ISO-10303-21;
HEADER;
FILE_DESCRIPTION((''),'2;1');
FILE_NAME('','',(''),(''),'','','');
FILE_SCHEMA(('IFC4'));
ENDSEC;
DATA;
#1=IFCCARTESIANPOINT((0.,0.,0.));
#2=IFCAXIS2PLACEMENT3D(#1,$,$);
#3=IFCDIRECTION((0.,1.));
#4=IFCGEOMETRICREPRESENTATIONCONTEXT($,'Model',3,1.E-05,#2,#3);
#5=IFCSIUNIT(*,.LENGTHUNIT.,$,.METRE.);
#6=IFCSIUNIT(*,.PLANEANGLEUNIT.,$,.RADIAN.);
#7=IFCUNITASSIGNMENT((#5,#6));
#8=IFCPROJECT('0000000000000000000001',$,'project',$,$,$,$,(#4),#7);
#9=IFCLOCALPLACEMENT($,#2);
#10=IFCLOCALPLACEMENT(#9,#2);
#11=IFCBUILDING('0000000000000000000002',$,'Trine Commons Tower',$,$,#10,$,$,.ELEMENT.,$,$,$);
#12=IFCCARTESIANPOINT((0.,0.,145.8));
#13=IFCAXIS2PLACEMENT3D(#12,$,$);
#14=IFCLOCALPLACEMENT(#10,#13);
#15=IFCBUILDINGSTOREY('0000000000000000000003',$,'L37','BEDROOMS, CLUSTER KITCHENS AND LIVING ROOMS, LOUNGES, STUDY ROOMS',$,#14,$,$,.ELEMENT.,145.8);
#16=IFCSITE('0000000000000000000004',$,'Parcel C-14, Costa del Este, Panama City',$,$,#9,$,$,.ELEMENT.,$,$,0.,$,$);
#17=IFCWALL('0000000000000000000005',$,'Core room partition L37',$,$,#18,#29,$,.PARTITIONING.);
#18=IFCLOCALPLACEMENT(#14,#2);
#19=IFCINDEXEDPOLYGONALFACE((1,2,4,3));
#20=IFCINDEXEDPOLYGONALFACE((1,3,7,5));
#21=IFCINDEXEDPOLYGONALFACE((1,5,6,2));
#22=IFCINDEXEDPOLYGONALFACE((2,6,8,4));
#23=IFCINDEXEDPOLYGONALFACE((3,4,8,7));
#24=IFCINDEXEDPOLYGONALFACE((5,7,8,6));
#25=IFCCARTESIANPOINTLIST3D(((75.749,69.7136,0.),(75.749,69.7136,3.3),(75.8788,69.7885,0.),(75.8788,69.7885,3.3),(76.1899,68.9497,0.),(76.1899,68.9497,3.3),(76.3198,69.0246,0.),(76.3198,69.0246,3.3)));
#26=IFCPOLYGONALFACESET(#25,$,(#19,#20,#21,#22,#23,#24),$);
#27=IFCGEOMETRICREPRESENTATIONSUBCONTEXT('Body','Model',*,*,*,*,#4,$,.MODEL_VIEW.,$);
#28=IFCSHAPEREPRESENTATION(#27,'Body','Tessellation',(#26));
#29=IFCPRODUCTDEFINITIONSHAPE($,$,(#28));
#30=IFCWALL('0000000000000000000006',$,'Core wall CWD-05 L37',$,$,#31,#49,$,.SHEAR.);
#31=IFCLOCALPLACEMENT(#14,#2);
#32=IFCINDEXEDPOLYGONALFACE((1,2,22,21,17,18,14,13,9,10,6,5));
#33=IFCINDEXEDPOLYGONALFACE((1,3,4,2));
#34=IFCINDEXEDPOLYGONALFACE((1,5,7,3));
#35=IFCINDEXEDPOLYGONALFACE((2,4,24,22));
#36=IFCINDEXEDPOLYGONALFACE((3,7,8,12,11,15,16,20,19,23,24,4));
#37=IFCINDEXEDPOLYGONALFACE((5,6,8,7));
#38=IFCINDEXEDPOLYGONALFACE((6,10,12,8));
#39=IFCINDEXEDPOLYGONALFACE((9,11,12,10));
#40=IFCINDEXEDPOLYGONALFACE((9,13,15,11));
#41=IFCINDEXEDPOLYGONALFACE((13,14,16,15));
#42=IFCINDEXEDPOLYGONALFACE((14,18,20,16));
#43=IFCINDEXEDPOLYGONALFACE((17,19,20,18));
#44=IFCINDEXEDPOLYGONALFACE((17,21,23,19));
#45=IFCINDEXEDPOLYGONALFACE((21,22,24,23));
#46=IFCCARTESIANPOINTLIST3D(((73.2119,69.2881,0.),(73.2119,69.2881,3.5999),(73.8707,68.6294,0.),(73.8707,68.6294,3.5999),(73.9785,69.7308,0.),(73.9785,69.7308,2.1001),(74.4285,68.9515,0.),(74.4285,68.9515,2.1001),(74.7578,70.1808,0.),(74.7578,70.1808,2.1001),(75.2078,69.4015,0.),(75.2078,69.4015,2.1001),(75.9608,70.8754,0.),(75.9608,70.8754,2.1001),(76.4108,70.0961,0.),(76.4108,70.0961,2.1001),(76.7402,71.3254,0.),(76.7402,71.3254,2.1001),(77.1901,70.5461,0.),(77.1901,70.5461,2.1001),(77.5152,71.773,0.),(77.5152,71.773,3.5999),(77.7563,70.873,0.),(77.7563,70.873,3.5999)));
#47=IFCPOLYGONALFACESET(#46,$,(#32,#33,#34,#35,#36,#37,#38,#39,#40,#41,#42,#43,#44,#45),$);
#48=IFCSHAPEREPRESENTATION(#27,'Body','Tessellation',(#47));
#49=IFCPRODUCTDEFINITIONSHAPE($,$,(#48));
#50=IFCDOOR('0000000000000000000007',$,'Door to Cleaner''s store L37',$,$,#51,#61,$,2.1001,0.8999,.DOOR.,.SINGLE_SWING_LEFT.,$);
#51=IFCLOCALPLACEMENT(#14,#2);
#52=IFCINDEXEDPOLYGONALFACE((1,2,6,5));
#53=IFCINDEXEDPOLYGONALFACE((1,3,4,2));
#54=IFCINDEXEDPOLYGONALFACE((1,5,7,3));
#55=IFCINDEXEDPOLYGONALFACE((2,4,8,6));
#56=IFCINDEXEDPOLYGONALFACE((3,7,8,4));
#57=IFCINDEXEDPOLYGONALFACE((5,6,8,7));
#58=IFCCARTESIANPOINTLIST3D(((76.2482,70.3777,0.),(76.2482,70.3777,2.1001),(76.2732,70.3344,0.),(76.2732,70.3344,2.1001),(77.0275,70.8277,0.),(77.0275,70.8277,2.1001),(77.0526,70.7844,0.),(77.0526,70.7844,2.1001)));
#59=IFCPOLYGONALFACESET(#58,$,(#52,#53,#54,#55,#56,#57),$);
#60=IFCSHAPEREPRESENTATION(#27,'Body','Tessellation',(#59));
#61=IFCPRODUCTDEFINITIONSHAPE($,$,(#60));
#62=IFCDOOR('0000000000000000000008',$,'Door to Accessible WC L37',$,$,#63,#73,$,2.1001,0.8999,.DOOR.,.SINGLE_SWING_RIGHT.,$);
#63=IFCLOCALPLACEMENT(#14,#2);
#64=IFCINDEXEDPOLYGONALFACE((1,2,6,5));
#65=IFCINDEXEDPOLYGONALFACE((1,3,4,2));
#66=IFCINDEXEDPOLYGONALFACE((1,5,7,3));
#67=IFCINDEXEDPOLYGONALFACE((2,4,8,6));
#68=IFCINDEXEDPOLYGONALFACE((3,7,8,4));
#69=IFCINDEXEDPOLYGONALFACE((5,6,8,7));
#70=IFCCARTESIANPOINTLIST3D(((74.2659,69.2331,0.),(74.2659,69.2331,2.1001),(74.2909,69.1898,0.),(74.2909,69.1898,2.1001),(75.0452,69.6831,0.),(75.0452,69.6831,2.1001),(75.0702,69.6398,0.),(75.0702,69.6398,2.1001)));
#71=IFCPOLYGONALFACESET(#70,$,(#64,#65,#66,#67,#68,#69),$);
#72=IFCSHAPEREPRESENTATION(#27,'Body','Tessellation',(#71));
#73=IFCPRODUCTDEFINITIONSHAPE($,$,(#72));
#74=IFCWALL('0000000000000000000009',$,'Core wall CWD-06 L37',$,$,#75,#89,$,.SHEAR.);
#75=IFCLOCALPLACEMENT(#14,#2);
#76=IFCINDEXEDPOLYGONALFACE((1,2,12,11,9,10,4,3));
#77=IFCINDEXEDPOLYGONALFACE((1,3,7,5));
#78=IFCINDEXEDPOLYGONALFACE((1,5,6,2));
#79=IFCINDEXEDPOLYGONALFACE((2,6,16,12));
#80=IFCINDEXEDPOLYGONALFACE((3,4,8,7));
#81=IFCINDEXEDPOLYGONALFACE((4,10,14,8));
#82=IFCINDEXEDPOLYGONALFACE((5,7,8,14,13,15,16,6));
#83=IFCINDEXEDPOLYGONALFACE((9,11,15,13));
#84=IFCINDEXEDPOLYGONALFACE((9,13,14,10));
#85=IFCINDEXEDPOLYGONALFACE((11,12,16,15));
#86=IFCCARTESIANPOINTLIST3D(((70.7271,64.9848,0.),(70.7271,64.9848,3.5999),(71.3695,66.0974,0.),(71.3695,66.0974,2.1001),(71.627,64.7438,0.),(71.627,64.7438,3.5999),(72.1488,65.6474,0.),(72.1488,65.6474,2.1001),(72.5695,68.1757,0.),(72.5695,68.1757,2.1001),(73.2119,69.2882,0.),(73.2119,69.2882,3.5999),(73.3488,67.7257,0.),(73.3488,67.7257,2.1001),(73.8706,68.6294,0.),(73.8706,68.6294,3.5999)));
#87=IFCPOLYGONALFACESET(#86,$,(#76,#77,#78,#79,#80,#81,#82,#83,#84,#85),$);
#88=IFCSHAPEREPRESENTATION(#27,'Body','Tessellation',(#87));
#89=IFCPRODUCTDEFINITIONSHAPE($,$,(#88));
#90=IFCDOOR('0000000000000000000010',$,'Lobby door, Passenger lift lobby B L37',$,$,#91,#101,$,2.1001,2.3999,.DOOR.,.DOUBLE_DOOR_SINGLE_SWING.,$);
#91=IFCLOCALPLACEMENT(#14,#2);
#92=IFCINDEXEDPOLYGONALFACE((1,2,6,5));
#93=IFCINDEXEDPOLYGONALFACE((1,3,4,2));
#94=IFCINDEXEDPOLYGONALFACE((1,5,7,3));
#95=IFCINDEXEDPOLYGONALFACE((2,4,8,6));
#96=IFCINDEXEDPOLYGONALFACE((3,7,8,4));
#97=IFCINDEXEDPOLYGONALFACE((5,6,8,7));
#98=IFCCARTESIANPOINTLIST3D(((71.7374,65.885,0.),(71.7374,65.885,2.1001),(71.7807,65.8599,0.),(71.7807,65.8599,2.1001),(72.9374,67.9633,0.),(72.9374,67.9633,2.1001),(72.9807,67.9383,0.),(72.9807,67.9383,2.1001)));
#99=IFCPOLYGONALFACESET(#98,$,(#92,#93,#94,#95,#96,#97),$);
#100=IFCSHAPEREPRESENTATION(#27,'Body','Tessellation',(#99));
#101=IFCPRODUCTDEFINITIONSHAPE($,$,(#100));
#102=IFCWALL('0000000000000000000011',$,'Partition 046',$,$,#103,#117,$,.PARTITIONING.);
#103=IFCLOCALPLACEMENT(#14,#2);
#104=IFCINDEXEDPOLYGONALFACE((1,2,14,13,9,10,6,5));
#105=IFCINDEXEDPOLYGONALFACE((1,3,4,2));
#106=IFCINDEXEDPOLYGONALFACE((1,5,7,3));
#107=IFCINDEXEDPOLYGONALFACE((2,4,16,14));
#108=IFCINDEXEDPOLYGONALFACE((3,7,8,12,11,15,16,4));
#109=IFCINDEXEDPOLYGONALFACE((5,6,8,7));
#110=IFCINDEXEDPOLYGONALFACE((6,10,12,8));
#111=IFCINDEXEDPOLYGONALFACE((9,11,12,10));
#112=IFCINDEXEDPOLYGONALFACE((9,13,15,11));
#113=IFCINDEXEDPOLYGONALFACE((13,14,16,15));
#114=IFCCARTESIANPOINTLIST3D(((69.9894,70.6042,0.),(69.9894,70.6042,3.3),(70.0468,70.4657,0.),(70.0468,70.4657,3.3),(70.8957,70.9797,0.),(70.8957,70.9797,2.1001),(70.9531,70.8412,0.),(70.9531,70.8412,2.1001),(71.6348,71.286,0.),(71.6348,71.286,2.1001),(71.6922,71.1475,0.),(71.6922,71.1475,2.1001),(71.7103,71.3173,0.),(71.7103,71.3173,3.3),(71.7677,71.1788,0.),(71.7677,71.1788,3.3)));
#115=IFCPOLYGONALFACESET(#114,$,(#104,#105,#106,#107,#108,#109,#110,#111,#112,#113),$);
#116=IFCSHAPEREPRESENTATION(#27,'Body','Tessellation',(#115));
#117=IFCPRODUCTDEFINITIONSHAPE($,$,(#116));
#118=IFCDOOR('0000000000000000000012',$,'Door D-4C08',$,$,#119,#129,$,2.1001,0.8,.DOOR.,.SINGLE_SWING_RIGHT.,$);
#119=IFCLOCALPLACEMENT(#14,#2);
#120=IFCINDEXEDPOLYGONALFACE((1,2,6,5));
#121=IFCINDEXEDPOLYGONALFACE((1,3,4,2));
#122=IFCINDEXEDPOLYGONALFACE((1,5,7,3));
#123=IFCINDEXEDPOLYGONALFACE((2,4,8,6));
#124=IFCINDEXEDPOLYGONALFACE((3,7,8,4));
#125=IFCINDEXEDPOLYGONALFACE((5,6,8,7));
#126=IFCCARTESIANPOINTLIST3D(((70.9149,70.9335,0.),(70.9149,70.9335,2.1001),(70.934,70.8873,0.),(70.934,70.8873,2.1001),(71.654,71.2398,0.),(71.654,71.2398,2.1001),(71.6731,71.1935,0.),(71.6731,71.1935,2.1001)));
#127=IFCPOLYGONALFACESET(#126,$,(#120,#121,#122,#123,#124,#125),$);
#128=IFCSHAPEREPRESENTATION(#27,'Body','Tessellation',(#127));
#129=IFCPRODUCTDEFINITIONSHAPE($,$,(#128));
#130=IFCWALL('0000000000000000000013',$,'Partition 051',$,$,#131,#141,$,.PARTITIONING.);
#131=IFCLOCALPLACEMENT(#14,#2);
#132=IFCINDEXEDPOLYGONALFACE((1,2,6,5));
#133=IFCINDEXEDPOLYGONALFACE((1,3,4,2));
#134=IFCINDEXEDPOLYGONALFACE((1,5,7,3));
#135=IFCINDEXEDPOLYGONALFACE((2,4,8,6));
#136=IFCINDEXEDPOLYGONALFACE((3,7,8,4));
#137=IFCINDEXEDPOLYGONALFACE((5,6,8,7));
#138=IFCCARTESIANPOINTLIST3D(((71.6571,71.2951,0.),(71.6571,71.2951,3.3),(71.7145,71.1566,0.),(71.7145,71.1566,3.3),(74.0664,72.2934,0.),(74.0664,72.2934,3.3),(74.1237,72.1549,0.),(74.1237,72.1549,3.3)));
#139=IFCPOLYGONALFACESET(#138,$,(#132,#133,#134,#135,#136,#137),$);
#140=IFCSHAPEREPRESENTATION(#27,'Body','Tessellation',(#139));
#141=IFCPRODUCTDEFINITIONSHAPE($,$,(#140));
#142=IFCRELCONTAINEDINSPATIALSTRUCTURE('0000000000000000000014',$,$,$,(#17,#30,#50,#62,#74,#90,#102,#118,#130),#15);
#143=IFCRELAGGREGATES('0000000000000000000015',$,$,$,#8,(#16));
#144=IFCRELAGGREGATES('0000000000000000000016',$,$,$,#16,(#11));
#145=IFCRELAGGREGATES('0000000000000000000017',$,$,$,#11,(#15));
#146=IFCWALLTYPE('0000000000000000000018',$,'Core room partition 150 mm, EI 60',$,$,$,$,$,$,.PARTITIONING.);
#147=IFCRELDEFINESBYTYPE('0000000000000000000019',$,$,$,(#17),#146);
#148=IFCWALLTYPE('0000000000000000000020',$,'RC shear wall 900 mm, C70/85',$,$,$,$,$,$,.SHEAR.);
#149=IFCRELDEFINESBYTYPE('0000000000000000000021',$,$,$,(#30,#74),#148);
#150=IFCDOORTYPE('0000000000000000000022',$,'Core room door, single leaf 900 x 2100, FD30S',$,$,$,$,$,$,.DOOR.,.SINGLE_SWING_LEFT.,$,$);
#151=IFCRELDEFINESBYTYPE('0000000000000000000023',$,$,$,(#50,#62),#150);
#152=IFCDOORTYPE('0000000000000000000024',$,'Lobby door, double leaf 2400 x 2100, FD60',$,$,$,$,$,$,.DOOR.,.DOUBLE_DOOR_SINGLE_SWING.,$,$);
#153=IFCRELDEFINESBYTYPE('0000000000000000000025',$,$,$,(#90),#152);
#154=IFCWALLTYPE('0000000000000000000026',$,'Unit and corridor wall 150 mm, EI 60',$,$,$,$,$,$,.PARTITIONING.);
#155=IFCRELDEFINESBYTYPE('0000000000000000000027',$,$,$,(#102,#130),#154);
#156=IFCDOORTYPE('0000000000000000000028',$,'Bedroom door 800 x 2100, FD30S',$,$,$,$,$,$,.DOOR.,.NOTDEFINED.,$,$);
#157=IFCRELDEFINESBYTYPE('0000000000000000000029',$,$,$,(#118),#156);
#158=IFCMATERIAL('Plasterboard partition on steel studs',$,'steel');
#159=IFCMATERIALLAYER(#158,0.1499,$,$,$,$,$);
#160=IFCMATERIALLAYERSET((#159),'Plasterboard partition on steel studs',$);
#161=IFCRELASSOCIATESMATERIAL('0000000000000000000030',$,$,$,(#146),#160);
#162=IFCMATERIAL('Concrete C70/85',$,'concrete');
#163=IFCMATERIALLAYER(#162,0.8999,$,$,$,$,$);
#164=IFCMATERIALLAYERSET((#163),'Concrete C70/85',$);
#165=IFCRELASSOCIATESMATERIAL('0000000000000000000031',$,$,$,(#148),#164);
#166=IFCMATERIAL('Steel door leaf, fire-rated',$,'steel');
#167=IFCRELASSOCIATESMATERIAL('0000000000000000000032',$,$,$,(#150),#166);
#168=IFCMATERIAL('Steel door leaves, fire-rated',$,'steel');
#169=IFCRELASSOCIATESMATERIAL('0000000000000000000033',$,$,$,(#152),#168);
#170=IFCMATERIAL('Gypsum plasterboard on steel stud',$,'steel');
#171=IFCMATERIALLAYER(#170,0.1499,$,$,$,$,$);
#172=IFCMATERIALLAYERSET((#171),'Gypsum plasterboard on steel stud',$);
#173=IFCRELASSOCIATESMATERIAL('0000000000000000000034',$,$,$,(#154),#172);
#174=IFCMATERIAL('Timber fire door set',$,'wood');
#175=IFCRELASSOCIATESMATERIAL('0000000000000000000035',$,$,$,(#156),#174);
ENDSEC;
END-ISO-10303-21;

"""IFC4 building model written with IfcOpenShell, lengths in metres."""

from ifc_helpers import new_model, si_unit, direction, frame, frame_2d, origin, place, context, subcontext, project, spatial, polyline, rectangle, outline, extrude, material, layer, layer_set, type_object, element, fill, save


model = new_model("IFC4")

# Units and contexts
model_context = context("Model", 3, precision=1e-05, world=origin(), true_north=direction((0.0, 1.0)))
body_context = subcontext(model_context, "Body", "Model", "MODEL_VIEW")
ifc_project = project(units=[si_unit("LENGTHUNIT", "METRE"), si_unit("PLANEANGLEUNIT", "RADIAN")], contexts=[model_context])

# Site, building, storey
site_placement = place(None, origin())
site = spatial("IfcSite", under=ifc_project, at=site_placement, Name="Parcel C-14, Costa del Este, Panama City", CompositionType="ELEMENT", RefElevation=0.0)
building_placement = place(site_placement, origin())
building = spatial("IfcBuilding", under=site, at=building_placement, Name="Trine Commons Tower", CompositionType="ELEMENT")
storey_placement = place(building_placement, frame((0.0, 0.0, 145.8)))
storey = spatial("IfcBuildingStorey", under=building, at=storey_placement, Name="L37", Description="BEDROOMS, CLUSTER KITCHENS AND LIVING ROOMS, LOUNGES, STUDY ROOMS", CompositionType="ELEMENT", Elevation=145.8)

# Wall
ifc_material_1 = material(Name="Plasterboard partition on steel studs", Category="steel")
ifc_layer_1 = layer(ifc_material_1, 0.1499)
ifc_layer_set_1 = layer_set([ifc_layer_1], Name="Plasterboard partition on steel studs")
wall_type_1 = type_object("IfcWallType", Name="Core room partition 150 mm, EI 60", PredefinedType="PARTITIONING", material=ifc_layer_set_1)
wall_1_placement = place(storey_placement, frame((75.814, 69.751, 0.0), z_axis=(0.0, 0.0, 1.0), x_axis=(0.49989, -0.866089, 0.0)))
element("IfcWall", 1, at=wall_1_placement, inside=storey, type_object=wall_type_1, Name="Core room partition L37", PredefinedType="PARTITIONING", context=body_context, shape_type="SweptSolid", body=[
    extrude(rectangle(XDim=0.8821, YDim=0.1499, at=frame_2d((0.4409, 0.0))), origin(), (0.0, 0.0, 1.0), 3.3),
])

# Wall, openings, doors
ifc_material_2 = material(Name="Concrete C70/85", Category="concrete")
ifc_layer_2 = layer(ifc_material_2, 0.8999)
ifc_layer_set_2 = layer_set([ifc_layer_2], Name="Concrete C70/85")
wall_type_2 = type_object("IfcWallType", Name="RC shear wall 900 mm, C70/85", PredefinedType="SHEAR", material=ifc_layer_set_2)
wall_2_placement = place(storey_placement, frame((77.7402, 71.3833, 0.0), z_axis=(0.0, 0.0, 1.0), x_axis=(-0.866003, -0.500039, 0.0)))
wall_2 = element("IfcWall", 2, at=wall_2_placement, inside=storey, type_object=wall_type_2, Name="Core wall CWD-05 L37", PredefinedType="SHEAR", context=body_context, shape_type="SweptSolid", body=[
    extrude(outline(polyline([(0.0, -0.45), (4.9692, -0.45), (4.728, 0.45), (0.2412, 0.45), (0.0, -0.45)])), origin(), (0.0, 0.0, 1.0), 3.5999),
])
opening_1_placement = place(wall_2_placement, frame((0.895, 0.0, 0.0)))
opening_1 = element("IfcOpeningElement", 3, at=opening_1_placement, cuts=wall_2, PredefinedType="OPENING", context=body_context, shape_type="SweptSolid", body=[
    extrude(rectangle(XDim=0.8999, YDim=2.1001, at=frame_2d((0.45, 1.05))), frame((0.0, 0.46, 0.0), z_axis=(0.0, -1.0, 0.0), x_axis=(1.0, 0.0, 0.0)), (0.0, 0.0, 1.0), 0.9199),
])
opening_2_placement = place(wall_2_placement, frame((3.1841, 0.0, 0.0)))
opening_2 = element("IfcOpeningElement", 4, at=opening_2_placement, cuts=wall_2, PredefinedType="OPENING", context=body_context, shape_type="SweptSolid", body=[
    extrude(rectangle(XDim=0.8999, YDim=2.1001, at=frame_2d((0.45, 1.05))), frame((0.0, 0.46, 0.0), z_axis=(0.0, -1.0, 0.0), x_axis=(1.0, 0.0, 0.0)), (0.0, 0.0, 1.0), 0.9199),
])
ifc_material_3 = material(Name="Steel door leaf, fire-rated", Category="steel")
door_type_1 = type_object("IfcDoorType", Name="Core room door, single leaf 900 x 2100, FD30S", OperationType="SINGLE_SWING_LEFT", PredefinedType="DOOR", material=ifc_material_3)
door_1_placement = place(opening_1_placement, origin())
door_1 = element("IfcDoor", 5, at=door_1_placement, inside=storey, type_object=door_type_1, Name="Door to Cleaner's store L37", OperationType="SINGLE_SWING_LEFT", OverallHeight=2.1001, OverallWidth=0.8999, PredefinedType="DOOR", context=body_context, shape_type="SweptSolid", body=[
    extrude(rectangle(XDim=0.8999, YDim=2.1001, at=frame_2d((0.45, 1.05))), frame((0.0, 0.1748, 0.0), z_axis=(0.0, -1.0, 0.0), x_axis=(1.0, 0.0, 0.0)), (0.0, 0.0, 1.0), 0.05),
])
fill(opening_1, door_1)
door_2_placement = place(opening_2_placement, origin())
door_2 = element("IfcDoor", 6, at=door_2_placement, inside=storey, type_object=door_type_1, Name="Door to Accessible WC L37", OperationType="SINGLE_SWING_RIGHT", OverallHeight=2.1001, OverallWidth=0.8999, PredefinedType="DOOR", context=body_context, shape_type="SweptSolid", body=[
    extrude(rectangle(XDim=0.8999, YDim=2.1001, at=frame_2d((0.45, 1.05))), frame((0.0, 0.1748, 0.0), z_axis=(0.0, -1.0, 0.0), x_axis=(1.0, 0.0, 0.0)), (0.0, 0.0, 1.0), 0.05),
])
fill(opening_2, door_2)

# Walls, openings, doors
wall_3_placement = place(storey_placement, frame((73.6016, 69.0632, 0.0), z_axis=(0.0, 0.0, 1.0), x_axis=(-0.500039, -0.866003, 0.0)))
wall_3 = element("IfcWall", 7, at=wall_3_placement, inside=storey, type_object=wall_type_2, Name="Core wall CWD-06 L37", PredefinedType="SHEAR", context=body_context, shape_type="SweptSolid", body=[
    extrude(outline(polyline([(0.0, -0.45), (4.9692, -0.45), (4.728, 0.45), (0.2412, 0.45), (0.0, -0.45)])), origin(), (0.0, 0.0, 1.0), 3.5999),
])
opening_3_placement = place(wall_3_placement, frame((1.2847, 0.0, 0.0)))
opening_3 = element("IfcOpeningElement", 8, at=opening_3_placement, cuts=wall_3, PredefinedType="OPENING", context=body_context, shape_type="SweptSolid", body=[
    extrude(rectangle(XDim=2.3999, YDim=2.1001, at=frame_2d((1.2, 1.05))), frame((0.0, 0.46, 0.0), z_axis=(0.0, -1.0, 0.0), x_axis=(1.0, 0.0, 0.0)), (0.0, 0.0, 1.0), 0.9199),
])
ifc_material_4 = material(Name="Steel door leaves, fire-rated", Category="steel")
door_type_2 = type_object("IfcDoorType", Name="Lobby door, double leaf 2400 x 2100, FD60", OperationType="DOUBLE_DOOR_SINGLE_SWING", PredefinedType="DOOR", material=ifc_material_4)
door_3_placement = place(opening_3_placement, origin())
door_3 = element("IfcDoor", 9, at=door_3_placement, inside=storey, type_object=door_type_2, Name="Lobby door, Passenger lift lobby B L37", OperationType="DOUBLE_DOOR_SINGLE_SWING", OverallHeight=2.1001, OverallWidth=2.3999, PredefinedType="DOOR", context=body_context, shape_type="SweptSolid", body=[
    extrude(rectangle(XDim=2.3999, YDim=2.1001, at=frame_2d((1.2, 1.05))), frame((0.0, 0.0249, 0.0), z_axis=(0.0, -1.0, 0.0), x_axis=(1.0, 0.0, 0.0)), (0.0, 0.0, 1.0), 0.05),
])
fill(opening_3, door_3)
ifc_material_5 = material(Name="Gypsum plasterboard on steel stud", Category="steel")
ifc_layer_3 = layer(ifc_material_5, 0.1499)
ifc_layer_set_3 = layer_set([ifc_layer_3], Name="Gypsum plasterboard on steel stud")
wall_type_3 = type_object("IfcWallType", Name="Unit and corridor wall 150 mm, EI 60", PredefinedType="PARTITIONING", material=ifc_layer_set_3)
wall_4_placement = place(storey_placement, frame((70.0181, 70.5349, 0.0), z_axis=(0.0, 0.0, 1.0), x_axis=(0.923824, 0.382819, 0.0)))
wall_4 = element("IfcWall", 10, at=wall_4_placement, inside=storey, type_object=wall_type_3, Name="Partition 046", PredefinedType="PARTITIONING", context=body_context, shape_type="SweptSolid", body=[
    extrude(rectangle(XDim=1.8628, YDim=0.1499, at=frame_2d((0.9314, 0.0))), origin(), (0.0, 0.0, 1.0), 3.3),
])
opening_4_placement = place(wall_4_placement, frame((0.9812, 0.0, 0.0)))
opening_4 = element("IfcOpeningElement", 11, at=opening_4_placement, cuts=wall_4, PredefinedType="OPENING", context=body_context, shape_type="SweptSolid", body=[
    extrude(rectangle(XDim=0.8, YDim=2.1001, at=frame_2d((0.3999, 1.05))), frame((0.0, 0.085, 0.0), z_axis=(0.0, -1.0, 0.0), x_axis=(1.0, 0.0, 0.0)), (0.0, 0.0, 1.0), 0.1699),
])
ifc_material_6 = material(Name="Timber fire door set", Category="wood")
door_type_3 = type_object("IfcDoorType", Name="Bedroom door 800 x 2100, FD30S", OperationType="NOTDEFINED", PredefinedType="DOOR", material=ifc_material_6)
door_4_placement = place(opening_4_placement, origin())
door_4 = element("IfcDoor", 12, at=door_4_placement, inside=storey, type_object=door_type_3, Name="Door D-4C08", OperationType="SINGLE_SWING_RIGHT", OverallHeight=2.1001, OverallWidth=0.8, PredefinedType="DOOR", context=body_context, shape_type="SweptSolid", body=[
    extrude(rectangle(XDim=0.8, YDim=2.1001, at=frame_2d((0.3999, 1.05))), frame((0.0, 0.0249, 0.0), z_axis=(0.0, -1.0, 0.0), x_axis=(1.0, 0.0, 0.0)), (0.0, 0.0, 1.0), 0.05),
])
fill(opening_4, door_4)

# Wall
wall_5_placement = place(storey_placement, frame((71.6858, 71.2258, 0.0), z_axis=(0.0, 0.0, 1.0), x_axis=(0.923829, 0.382807, 0.0)))
element("IfcWall", 13, at=wall_5_placement, inside=storey, type_object=wall_type_3, Name="Partition 051", PredefinedType="PARTITIONING", context=body_context, shape_type="SweptSolid", body=[
    extrude(rectangle(XDim=2.6079, YDim=0.1499, at=frame_2d((1.304, 0.0))), origin(), (0.0, 0.0, 1.0), 3.3),
])

save(model, "model.ifc")
